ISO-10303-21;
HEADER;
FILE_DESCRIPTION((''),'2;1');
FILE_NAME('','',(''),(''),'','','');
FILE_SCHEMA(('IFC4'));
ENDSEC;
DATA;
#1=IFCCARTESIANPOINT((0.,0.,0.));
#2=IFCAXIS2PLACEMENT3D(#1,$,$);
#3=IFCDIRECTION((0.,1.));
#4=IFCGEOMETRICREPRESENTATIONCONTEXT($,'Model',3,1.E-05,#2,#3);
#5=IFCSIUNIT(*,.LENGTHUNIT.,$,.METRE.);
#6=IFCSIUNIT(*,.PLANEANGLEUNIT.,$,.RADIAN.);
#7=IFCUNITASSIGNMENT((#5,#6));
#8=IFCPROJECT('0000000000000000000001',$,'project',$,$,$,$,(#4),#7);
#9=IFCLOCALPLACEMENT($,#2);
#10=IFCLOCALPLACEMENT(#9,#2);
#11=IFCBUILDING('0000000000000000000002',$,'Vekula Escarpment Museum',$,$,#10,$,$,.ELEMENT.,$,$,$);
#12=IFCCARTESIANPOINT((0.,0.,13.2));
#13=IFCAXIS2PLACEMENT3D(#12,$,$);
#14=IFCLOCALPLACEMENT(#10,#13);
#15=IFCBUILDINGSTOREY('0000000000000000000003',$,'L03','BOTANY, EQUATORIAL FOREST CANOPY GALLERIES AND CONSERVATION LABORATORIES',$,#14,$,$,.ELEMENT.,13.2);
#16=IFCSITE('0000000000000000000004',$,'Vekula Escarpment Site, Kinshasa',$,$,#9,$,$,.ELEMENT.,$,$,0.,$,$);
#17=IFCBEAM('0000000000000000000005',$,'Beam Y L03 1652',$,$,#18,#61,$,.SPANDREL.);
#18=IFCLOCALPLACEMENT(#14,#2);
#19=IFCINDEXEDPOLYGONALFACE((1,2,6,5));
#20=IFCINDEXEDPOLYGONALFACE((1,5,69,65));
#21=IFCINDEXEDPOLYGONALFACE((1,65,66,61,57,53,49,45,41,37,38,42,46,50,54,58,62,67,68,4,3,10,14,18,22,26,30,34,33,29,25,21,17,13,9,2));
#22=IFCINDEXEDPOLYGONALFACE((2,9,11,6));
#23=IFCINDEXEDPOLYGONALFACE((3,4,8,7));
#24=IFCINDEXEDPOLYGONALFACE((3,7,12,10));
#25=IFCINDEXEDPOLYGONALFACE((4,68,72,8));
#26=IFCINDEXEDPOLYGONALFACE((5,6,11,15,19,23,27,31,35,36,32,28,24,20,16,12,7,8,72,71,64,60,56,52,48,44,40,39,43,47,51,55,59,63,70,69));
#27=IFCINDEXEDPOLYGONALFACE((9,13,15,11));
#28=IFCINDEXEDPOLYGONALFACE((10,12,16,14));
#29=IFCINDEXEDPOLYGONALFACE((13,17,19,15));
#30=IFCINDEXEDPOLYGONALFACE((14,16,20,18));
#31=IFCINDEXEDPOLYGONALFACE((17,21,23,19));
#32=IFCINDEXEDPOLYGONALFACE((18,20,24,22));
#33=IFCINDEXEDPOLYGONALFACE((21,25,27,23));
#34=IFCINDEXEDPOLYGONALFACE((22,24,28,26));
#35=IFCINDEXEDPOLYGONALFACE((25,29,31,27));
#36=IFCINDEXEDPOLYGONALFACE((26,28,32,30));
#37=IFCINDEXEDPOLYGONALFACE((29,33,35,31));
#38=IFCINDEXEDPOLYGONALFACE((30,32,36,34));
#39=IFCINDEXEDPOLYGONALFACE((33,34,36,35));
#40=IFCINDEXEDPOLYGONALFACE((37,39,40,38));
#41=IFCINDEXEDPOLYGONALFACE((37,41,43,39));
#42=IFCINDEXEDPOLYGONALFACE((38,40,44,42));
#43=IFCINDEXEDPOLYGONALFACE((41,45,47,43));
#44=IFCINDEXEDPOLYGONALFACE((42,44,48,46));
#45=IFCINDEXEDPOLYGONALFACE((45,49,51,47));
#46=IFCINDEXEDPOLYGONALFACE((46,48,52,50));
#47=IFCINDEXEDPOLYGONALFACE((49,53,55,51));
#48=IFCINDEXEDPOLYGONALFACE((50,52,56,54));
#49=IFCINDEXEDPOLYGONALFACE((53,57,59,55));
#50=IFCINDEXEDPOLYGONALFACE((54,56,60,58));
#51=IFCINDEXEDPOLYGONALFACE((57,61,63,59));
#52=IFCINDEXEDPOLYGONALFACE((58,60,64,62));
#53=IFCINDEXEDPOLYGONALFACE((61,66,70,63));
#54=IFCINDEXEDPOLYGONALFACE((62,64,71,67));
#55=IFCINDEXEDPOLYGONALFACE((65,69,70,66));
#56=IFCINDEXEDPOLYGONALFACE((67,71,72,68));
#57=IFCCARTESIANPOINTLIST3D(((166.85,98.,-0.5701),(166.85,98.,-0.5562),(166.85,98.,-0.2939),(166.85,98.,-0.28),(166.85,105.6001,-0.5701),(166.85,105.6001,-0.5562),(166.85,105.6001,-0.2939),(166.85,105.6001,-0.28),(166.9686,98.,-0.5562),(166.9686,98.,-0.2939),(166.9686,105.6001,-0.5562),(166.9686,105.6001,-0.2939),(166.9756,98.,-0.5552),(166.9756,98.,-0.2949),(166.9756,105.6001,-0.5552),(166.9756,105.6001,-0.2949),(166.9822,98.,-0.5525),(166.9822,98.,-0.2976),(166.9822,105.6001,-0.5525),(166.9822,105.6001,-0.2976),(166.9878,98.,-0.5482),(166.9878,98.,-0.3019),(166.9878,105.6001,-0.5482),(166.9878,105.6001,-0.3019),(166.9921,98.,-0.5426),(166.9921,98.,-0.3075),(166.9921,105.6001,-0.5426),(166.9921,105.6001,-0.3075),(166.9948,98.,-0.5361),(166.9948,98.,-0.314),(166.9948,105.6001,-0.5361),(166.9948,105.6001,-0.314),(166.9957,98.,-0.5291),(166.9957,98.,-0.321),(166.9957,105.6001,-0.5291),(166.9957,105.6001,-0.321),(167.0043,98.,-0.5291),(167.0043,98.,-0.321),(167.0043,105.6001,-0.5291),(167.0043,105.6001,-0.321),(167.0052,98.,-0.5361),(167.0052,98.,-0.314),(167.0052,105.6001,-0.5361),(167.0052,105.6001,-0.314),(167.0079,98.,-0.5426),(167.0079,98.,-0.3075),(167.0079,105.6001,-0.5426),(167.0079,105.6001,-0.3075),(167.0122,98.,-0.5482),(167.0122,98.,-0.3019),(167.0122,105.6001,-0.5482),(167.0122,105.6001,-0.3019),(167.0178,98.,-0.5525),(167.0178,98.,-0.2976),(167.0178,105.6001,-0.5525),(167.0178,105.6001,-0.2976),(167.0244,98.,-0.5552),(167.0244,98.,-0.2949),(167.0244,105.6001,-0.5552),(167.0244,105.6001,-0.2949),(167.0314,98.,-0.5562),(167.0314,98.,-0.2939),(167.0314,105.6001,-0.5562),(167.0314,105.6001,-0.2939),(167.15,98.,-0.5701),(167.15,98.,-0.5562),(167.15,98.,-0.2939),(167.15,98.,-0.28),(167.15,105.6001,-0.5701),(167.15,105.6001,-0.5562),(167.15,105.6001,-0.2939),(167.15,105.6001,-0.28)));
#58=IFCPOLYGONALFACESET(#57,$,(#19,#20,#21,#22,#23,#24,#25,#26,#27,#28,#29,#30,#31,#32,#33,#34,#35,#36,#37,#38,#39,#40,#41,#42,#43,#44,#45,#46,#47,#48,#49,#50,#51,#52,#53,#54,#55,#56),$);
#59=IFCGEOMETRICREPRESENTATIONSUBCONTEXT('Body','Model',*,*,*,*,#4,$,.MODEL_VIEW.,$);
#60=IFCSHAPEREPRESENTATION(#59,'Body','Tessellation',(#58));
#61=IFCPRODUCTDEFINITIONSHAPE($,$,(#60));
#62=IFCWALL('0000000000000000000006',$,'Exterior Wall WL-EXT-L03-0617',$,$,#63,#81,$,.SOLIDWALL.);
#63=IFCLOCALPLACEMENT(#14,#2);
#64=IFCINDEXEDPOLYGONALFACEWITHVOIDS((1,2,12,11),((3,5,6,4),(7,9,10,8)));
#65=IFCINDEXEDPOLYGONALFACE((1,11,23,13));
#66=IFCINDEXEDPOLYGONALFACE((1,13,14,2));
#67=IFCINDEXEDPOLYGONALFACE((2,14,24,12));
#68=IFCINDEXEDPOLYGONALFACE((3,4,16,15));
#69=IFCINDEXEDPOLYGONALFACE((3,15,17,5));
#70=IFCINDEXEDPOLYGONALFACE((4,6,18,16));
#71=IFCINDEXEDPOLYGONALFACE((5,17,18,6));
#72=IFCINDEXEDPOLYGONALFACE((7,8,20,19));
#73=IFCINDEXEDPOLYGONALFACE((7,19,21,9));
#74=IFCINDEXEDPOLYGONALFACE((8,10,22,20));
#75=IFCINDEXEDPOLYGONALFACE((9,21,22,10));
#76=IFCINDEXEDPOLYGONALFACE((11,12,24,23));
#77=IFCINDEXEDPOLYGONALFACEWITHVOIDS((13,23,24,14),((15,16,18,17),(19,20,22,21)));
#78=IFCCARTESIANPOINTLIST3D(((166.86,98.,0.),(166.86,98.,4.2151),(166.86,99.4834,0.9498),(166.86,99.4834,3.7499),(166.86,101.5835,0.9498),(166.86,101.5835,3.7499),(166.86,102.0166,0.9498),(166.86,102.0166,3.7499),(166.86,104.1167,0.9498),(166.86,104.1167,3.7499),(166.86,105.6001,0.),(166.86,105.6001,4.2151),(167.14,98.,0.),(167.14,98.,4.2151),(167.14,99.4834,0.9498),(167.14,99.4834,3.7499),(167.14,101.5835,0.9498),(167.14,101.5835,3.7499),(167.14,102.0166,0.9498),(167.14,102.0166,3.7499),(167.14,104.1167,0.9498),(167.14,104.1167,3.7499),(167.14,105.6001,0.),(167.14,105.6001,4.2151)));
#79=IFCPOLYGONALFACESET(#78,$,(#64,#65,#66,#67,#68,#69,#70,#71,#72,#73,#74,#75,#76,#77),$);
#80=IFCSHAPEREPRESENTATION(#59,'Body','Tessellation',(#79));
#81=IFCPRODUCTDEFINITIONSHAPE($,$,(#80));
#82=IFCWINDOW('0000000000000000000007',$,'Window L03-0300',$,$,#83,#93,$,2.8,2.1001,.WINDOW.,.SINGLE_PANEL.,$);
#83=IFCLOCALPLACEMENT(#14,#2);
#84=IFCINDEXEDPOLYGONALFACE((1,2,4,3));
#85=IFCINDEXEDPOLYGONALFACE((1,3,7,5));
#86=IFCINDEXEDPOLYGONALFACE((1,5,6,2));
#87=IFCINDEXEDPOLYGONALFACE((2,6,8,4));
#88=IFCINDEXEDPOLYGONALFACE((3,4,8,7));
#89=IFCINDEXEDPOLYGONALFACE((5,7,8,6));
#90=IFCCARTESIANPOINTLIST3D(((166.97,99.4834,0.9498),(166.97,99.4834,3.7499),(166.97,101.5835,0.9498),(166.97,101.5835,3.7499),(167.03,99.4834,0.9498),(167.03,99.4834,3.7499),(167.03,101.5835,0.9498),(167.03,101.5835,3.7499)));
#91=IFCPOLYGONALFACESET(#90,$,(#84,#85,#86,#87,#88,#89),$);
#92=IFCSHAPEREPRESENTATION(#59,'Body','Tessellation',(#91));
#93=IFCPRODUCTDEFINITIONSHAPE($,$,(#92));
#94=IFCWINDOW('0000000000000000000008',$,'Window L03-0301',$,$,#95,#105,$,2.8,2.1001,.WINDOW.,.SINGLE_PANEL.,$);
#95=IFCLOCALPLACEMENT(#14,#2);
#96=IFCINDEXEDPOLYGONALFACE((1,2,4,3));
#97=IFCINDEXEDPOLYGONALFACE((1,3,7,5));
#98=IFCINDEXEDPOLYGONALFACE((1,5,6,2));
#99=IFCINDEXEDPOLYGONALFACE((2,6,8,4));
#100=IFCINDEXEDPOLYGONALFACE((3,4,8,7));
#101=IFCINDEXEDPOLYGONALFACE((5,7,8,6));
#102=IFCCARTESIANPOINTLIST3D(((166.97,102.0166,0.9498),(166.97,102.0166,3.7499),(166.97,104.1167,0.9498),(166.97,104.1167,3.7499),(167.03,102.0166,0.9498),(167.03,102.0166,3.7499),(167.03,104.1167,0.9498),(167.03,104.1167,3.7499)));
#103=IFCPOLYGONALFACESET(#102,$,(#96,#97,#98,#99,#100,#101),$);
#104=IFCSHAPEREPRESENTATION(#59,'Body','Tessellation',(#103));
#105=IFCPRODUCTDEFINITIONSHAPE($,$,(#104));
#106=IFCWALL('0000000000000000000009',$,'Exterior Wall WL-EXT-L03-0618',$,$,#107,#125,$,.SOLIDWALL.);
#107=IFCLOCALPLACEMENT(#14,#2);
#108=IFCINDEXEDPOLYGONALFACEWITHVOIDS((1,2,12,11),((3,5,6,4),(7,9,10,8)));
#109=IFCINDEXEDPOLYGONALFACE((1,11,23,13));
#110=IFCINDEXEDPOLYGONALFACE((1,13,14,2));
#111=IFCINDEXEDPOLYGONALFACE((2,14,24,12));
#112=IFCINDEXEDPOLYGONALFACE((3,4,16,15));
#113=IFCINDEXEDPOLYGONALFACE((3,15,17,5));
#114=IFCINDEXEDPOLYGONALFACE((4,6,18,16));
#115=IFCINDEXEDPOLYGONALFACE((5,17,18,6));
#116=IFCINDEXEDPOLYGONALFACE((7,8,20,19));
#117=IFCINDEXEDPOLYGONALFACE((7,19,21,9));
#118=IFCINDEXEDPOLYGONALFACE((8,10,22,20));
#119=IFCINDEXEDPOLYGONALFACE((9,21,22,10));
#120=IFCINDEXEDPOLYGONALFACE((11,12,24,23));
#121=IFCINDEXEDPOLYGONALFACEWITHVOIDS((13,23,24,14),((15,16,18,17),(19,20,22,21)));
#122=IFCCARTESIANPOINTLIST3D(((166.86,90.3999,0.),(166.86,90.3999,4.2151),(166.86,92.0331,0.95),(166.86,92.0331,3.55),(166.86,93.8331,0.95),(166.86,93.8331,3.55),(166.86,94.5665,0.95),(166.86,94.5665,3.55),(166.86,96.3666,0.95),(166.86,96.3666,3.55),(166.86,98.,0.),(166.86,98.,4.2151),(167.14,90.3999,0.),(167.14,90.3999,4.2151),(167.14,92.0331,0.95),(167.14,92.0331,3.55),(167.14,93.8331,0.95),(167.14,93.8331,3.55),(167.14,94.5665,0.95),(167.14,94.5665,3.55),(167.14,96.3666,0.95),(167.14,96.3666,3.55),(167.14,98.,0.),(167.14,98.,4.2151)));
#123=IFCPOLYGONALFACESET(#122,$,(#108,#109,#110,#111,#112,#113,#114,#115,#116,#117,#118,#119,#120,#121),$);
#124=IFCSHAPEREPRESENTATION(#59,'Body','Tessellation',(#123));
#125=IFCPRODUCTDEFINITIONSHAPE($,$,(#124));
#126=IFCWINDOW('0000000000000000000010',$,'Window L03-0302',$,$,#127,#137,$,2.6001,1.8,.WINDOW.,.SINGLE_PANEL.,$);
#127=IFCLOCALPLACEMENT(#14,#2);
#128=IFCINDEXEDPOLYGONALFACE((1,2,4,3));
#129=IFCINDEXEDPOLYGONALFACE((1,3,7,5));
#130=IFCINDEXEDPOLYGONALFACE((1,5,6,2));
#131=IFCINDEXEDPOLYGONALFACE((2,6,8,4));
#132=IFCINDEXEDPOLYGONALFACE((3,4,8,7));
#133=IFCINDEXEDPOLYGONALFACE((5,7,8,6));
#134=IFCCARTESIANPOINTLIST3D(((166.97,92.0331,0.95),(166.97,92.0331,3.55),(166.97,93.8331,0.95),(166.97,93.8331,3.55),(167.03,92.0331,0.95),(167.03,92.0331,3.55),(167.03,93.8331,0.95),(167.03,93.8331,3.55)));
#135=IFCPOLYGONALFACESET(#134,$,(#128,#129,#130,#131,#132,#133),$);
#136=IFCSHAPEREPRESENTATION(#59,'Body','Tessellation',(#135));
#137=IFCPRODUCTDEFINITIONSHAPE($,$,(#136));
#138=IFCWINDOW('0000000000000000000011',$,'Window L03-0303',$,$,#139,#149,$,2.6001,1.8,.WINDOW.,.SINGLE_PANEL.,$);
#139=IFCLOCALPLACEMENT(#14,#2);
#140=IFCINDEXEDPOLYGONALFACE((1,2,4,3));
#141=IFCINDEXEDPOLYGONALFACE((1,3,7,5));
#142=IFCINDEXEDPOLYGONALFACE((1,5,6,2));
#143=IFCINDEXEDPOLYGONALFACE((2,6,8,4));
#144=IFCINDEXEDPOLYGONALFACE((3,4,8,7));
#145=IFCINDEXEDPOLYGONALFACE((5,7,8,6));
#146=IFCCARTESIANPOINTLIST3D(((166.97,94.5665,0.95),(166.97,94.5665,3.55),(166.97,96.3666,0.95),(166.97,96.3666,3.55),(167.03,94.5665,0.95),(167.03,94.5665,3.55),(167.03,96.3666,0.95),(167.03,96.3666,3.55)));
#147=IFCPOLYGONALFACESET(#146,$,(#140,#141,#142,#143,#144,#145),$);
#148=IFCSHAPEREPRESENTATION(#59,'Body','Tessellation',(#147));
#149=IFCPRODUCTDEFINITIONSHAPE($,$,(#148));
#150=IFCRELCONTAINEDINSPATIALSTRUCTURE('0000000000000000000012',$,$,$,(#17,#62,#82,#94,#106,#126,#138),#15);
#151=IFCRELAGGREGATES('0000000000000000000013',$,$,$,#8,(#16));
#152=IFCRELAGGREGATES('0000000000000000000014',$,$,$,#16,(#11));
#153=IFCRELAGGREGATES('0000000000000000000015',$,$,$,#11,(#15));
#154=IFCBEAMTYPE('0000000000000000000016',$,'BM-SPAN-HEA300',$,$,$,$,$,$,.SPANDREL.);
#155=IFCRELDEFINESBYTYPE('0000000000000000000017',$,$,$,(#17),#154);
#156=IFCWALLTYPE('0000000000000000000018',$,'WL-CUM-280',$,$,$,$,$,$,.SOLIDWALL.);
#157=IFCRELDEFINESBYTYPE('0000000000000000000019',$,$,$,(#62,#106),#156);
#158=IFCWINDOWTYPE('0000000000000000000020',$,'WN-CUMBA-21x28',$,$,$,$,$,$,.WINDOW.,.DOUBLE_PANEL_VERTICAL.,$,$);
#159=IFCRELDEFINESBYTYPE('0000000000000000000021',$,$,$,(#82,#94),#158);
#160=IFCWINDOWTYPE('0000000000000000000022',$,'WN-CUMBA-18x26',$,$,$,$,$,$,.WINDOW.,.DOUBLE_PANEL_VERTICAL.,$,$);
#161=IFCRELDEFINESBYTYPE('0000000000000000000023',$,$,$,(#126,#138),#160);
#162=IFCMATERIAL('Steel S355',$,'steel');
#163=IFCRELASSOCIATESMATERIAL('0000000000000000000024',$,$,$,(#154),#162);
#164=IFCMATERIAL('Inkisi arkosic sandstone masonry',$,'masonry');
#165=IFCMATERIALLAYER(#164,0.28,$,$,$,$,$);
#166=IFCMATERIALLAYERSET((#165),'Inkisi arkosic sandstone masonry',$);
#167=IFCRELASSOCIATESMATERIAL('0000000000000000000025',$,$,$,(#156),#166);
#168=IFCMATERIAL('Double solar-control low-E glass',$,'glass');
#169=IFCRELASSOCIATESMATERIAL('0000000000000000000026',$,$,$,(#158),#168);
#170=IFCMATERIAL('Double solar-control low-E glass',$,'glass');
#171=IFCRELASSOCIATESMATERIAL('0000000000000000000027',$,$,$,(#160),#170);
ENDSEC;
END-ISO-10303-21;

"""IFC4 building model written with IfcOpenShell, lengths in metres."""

from ifc_helpers import new_model, si_unit, direction, frame, frame_2d, origin, origin_2d, place, context, subcontext, project, spatial, rectangle, i_section, extrude, material, layer, layer_set, material_profile, profile_set, type_object, element, fill, save


model = new_model("IFC4")

# Units and contexts
model_context = context("Model", 3, precision=1e-05, world=origin(), true_north=direction((0.0, 1.0)))
body_context = subcontext(model_context, "Body", "Model", "MODEL_VIEW")
ifc_project = project(units=[si_unit("LENGTHUNIT", "METRE"), si_unit("PLANEANGLEUNIT", "RADIAN")], contexts=[model_context])

# Site, building, storey
site_placement = place(None, origin())
site = spatial("IfcSite", under=ifc_project, at=site_placement, Name="Vekula Escarpment Site, Kinshasa", CompositionType="ELEMENT", RefElevation=0.0)
building_placement = place(site_placement, origin())
building = spatial("IfcBuilding", under=site, at=building_placement, Name="Vekula Escarpment Museum", CompositionType="ELEMENT")
storey_placement = place(building_placement, frame((0.0, 0.0, 13.2)))
storey = spatial("IfcBuildingStorey", under=building, at=storey_placement, Name="L03", Description="BOTANY, EQUATORIAL FOREST CANOPY GALLERIES AND CONSERVATION LABORATORIES", CompositionType="ELEMENT", Elevation=13.2)

# Beam
ifc_material_1 = material(Name="Steel S355", Category="steel")
ifc_material_profile_1 = material_profile(ifc_material_1, i_section(OverallWidth=0.3, OverallDepth=0.29, WebThickness=0.0085, FlangeThickness=0.0139, FilletRadius=0.0271, at=origin_2d()), Name="HEA 300")
ifc_profile_set_1 = profile_set([ifc_material_profile_1], Name="Steel S355")
beam_type_1 = type_object("IfcBeamType", Name="BM-SPAN-HEA300", PredefinedType="SPANDREL", material=ifc_profile_set_1)
for number, where, z_axis, x_axis, name in (
    (1, (167.0, 98.0, -0.425), (0.0, 1.0, 0.0), (-1.0, 0.0, 0.0), "Beam Y L03 1652"),
):
    element("IfcBeam", number, at=place(storey_placement, frame(where, z_axis=z_axis, x_axis=x_axis)), inside=storey, type_object=beam_type_1, Name=name, PredefinedType="SPANDREL", context=body_context, shape_type="SweptSolid", body=[
        extrude(i_section(OverallWidth=0.3, OverallDepth=0.29, WebThickness=0.0085, FlangeThickness=0.0139, FilletRadius=0.0271, at=origin_2d()), origin(), (0.0, 0.0, 1.0), 7.6001),
    ])

# Walls, openings, windows
ifc_material_2 = material(Name="Inkisi arkosic sandstone masonry", Category="masonry")
ifc_layer_1 = layer(ifc_material_2, 0.28)
ifc_layer_set_1 = layer_set([ifc_layer_1], Name="Inkisi arkosic sandstone masonry")
wall_type_1 = type_object("IfcWallType", Name="WL-CUM-280", PredefinedType="SOLIDWALL", material=ifc_layer_set_1)
wall_1_placement = place(storey_placement, frame((167.0, 98.0, 0.0), z_axis=(0.0, 0.0, 1.0), x_axis=(0.0, 1.0, 0.0)))
wall_1 = element("IfcWall", 2, at=wall_1_placement, inside=storey, type_object=wall_type_1, Name="Exterior Wall WL-EXT-L03-0617", PredefinedType="SOLIDWALL", context=body_context, shape_type="SweptSolid", body=[
    extrude(rectangle(XDim=7.6001, YDim=0.28, at=frame_2d((3.8, 0.0))), origin(), (0.0, 0.0, 1.0), 4.2151),
])
opening_1_placement = place(wall_1_placement, frame((1.4834, 0.0, 0.95)))
opening_1 = element("IfcOpeningElement", 3, at=opening_1_placement, cuts=wall_1, PredefinedType="OPENING", context=body_context, shape_type="SweptSolid", body=[
    extrude(rectangle(XDim=2.1001, YDim=2.8, at=frame_2d((1.05, 1.3999))), frame((0.0, 0.1499, 0.0), z_axis=(0.0, -1.0, 0.0), x_axis=(1.0, 0.0, 0.0)), (0.0, 0.0, 1.0), 0.3),
])
opening_2_placement = place(wall_1_placement, frame((4.0166, 0.0, 0.95)))
opening_2 = element("IfcOpeningElement", 4, at=opening_2_placement, cuts=wall_1, PredefinedType="OPENING", context=body_context, shape_type="SweptSolid", body=[
    extrude(rectangle(XDim=2.1001, YDim=2.8, at=frame_2d((1.05, 1.3999))), frame((0.0, 0.1499, 0.0), z_axis=(0.0, -1.0, 0.0), x_axis=(1.0, 0.0, 0.0)), (0.0, 0.0, 1.0), 0.3),
])
ifc_material_3 = material(Name="Double solar-control low-E glass", Category="glass")
window_type_1 = type_object("IfcWindowType", Name="WN-CUMBA-21x28", PartitioningType="DOUBLE_PANEL_VERTICAL", PredefinedType="WINDOW", material=ifc_material_3)
window_1_placement = place(opening_1_placement, origin())
window_1 = element("IfcWindow", 5, at=window_1_placement, inside=storey, type_object=window_type_1, Name="Window L03-0300", OverallHeight=2.8, OverallWidth=2.1001, PartitioningType="SINGLE_PANEL", PredefinedType="WINDOW", context=body_context, shape_type="SweptSolid", body=[
    extrude(rectangle(XDim=2.1001, YDim=2.8, at=frame_2d((1.05, 1.3999))), frame((0.0, 0.03, 0.0), z_axis=(0.0, -1.0, 0.0), x_axis=(1.0, 0.0, 0.0)), (0.0, 0.0, 1.0), 0.0601),
])
fill(opening_1, window_1)
window_2_placement = place(opening_2_placement, origin())
window_2 = element("IfcWindow", 6, at=window_2_placement, inside=storey, type_object=window_type_1, Name="Window L03-0301", OverallHeight=2.8, OverallWidth=2.1001, PartitioningType="SINGLE_PANEL", PredefinedType="WINDOW", context=body_context, shape_type="SweptSolid", body=[
    extrude(rectangle(XDim=2.1001, YDim=2.8, at=frame_2d((1.05, 1.3999))), frame((0.0, 0.03, 0.0), z_axis=(0.0, -1.0, 0.0), x_axis=(1.0, 0.0, 0.0)), (0.0, 0.0, 1.0), 0.0601),
])
fill(opening_2, window_2)
wall_2_placement = place(storey_placement, frame((167.0, 90.3999, 0.0), z_axis=(0.0, 0.0, 1.0), x_axis=(0.0, 1.0, 0.0)))
wall_2 = element("IfcWall", 7, at=wall_2_placement, inside=storey, type_object=wall_type_1, Name="Exterior Wall WL-EXT-L03-0618", PredefinedType="SOLIDWALL", context=body_context, shape_type="SweptSolid", body=[
    extrude(rectangle(XDim=7.6001, YDim=0.28, at=frame_2d((3.8, 0.0))), origin(), (0.0, 0.0, 1.0), 4.2151),
])
opening_3_placement = place(wall_2_placement, frame((1.6333, 0.0, 0.95)))
opening_3 = element("IfcOpeningElement", 8, at=opening_3_placement, cuts=wall_2, PredefinedType="OPENING", context=body_context, shape_type="SweptSolid", body=[
    extrude(rectangle(XDim=1.8, YDim=2.6001, at=frame_2d((0.8999, 1.3))), frame((0.0, 0.1499, 0.0), z_axis=(0.0, -1.0, 0.0), x_axis=(1.0, 0.0, 0.0)), (0.0, 0.0, 1.0), 0.3),
])
opening_4_placement = place(wall_2_placement, frame((4.1667, 0.0, 0.95)))
opening_4 = element("IfcOpeningElement", 9, at=opening_4_placement, cuts=wall_2, PredefinedType="OPENING", context=body_context, shape_type="SweptSolid", body=[
    extrude(rectangle(XDim=1.8, YDim=2.6001, at=frame_2d((0.8999, 1.3))), frame((0.0, 0.1499, 0.0), z_axis=(0.0, -1.0, 0.0), x_axis=(1.0, 0.0, 0.0)), (0.0, 0.0, 1.0), 0.3),
])
ifc_material_4 = material(Name="Double solar-control low-E glass", Category="glass")
window_type_2 = type_object("IfcWindowType", Name="WN-CUMBA-18x26", PartitioningType="DOUBLE_PANEL_VERTICAL", PredefinedType="WINDOW", material=ifc_material_4)
window_3_placement = place(opening_3_placement, origin())
window_3 = element("IfcWindow", 10, at=window_3_placement, inside=storey, type_object=window_type_2, Name="Window L03-0302", OverallHeight=2.6001, OverallWidth=1.8, PartitioningType="SINGLE_PANEL", PredefinedType="WINDOW", context=body_context, shape_type="SweptSolid", body=[
    extrude(rectangle(XDim=1.8, YDim=2.6001, at=frame_2d((0.8999, 1.3))), frame((0.0, 0.03, 0.0), z_axis=(0.0, -1.0, 0.0), x_axis=(1.0, 0.0, 0.0)), (0.0, 0.0, 1.0), 0.0601),
])
fill(opening_3, window_3)
window_4_placement = place(opening_4_placement, origin())
window_4 = element("IfcWindow", 11, at=window_4_placement, inside=storey, type_object=window_type_2, Name="Window L03-0303", OverallHeight=2.6001, OverallWidth=1.8, PartitioningType="SINGLE_PANEL", PredefinedType="WINDOW", context=body_context, shape_type="SweptSolid", body=[
    extrude(rectangle(XDim=1.8, YDim=2.6001, at=frame_2d((0.8999, 1.3))), frame((0.0, 0.03, 0.0), z_axis=(0.0, -1.0, 0.0), x_axis=(1.0, 0.0, 0.0)), (0.0, 0.0, 1.0), 0.0601),
])
fill(opening_4, window_4)

save(model, "model.ifc")
